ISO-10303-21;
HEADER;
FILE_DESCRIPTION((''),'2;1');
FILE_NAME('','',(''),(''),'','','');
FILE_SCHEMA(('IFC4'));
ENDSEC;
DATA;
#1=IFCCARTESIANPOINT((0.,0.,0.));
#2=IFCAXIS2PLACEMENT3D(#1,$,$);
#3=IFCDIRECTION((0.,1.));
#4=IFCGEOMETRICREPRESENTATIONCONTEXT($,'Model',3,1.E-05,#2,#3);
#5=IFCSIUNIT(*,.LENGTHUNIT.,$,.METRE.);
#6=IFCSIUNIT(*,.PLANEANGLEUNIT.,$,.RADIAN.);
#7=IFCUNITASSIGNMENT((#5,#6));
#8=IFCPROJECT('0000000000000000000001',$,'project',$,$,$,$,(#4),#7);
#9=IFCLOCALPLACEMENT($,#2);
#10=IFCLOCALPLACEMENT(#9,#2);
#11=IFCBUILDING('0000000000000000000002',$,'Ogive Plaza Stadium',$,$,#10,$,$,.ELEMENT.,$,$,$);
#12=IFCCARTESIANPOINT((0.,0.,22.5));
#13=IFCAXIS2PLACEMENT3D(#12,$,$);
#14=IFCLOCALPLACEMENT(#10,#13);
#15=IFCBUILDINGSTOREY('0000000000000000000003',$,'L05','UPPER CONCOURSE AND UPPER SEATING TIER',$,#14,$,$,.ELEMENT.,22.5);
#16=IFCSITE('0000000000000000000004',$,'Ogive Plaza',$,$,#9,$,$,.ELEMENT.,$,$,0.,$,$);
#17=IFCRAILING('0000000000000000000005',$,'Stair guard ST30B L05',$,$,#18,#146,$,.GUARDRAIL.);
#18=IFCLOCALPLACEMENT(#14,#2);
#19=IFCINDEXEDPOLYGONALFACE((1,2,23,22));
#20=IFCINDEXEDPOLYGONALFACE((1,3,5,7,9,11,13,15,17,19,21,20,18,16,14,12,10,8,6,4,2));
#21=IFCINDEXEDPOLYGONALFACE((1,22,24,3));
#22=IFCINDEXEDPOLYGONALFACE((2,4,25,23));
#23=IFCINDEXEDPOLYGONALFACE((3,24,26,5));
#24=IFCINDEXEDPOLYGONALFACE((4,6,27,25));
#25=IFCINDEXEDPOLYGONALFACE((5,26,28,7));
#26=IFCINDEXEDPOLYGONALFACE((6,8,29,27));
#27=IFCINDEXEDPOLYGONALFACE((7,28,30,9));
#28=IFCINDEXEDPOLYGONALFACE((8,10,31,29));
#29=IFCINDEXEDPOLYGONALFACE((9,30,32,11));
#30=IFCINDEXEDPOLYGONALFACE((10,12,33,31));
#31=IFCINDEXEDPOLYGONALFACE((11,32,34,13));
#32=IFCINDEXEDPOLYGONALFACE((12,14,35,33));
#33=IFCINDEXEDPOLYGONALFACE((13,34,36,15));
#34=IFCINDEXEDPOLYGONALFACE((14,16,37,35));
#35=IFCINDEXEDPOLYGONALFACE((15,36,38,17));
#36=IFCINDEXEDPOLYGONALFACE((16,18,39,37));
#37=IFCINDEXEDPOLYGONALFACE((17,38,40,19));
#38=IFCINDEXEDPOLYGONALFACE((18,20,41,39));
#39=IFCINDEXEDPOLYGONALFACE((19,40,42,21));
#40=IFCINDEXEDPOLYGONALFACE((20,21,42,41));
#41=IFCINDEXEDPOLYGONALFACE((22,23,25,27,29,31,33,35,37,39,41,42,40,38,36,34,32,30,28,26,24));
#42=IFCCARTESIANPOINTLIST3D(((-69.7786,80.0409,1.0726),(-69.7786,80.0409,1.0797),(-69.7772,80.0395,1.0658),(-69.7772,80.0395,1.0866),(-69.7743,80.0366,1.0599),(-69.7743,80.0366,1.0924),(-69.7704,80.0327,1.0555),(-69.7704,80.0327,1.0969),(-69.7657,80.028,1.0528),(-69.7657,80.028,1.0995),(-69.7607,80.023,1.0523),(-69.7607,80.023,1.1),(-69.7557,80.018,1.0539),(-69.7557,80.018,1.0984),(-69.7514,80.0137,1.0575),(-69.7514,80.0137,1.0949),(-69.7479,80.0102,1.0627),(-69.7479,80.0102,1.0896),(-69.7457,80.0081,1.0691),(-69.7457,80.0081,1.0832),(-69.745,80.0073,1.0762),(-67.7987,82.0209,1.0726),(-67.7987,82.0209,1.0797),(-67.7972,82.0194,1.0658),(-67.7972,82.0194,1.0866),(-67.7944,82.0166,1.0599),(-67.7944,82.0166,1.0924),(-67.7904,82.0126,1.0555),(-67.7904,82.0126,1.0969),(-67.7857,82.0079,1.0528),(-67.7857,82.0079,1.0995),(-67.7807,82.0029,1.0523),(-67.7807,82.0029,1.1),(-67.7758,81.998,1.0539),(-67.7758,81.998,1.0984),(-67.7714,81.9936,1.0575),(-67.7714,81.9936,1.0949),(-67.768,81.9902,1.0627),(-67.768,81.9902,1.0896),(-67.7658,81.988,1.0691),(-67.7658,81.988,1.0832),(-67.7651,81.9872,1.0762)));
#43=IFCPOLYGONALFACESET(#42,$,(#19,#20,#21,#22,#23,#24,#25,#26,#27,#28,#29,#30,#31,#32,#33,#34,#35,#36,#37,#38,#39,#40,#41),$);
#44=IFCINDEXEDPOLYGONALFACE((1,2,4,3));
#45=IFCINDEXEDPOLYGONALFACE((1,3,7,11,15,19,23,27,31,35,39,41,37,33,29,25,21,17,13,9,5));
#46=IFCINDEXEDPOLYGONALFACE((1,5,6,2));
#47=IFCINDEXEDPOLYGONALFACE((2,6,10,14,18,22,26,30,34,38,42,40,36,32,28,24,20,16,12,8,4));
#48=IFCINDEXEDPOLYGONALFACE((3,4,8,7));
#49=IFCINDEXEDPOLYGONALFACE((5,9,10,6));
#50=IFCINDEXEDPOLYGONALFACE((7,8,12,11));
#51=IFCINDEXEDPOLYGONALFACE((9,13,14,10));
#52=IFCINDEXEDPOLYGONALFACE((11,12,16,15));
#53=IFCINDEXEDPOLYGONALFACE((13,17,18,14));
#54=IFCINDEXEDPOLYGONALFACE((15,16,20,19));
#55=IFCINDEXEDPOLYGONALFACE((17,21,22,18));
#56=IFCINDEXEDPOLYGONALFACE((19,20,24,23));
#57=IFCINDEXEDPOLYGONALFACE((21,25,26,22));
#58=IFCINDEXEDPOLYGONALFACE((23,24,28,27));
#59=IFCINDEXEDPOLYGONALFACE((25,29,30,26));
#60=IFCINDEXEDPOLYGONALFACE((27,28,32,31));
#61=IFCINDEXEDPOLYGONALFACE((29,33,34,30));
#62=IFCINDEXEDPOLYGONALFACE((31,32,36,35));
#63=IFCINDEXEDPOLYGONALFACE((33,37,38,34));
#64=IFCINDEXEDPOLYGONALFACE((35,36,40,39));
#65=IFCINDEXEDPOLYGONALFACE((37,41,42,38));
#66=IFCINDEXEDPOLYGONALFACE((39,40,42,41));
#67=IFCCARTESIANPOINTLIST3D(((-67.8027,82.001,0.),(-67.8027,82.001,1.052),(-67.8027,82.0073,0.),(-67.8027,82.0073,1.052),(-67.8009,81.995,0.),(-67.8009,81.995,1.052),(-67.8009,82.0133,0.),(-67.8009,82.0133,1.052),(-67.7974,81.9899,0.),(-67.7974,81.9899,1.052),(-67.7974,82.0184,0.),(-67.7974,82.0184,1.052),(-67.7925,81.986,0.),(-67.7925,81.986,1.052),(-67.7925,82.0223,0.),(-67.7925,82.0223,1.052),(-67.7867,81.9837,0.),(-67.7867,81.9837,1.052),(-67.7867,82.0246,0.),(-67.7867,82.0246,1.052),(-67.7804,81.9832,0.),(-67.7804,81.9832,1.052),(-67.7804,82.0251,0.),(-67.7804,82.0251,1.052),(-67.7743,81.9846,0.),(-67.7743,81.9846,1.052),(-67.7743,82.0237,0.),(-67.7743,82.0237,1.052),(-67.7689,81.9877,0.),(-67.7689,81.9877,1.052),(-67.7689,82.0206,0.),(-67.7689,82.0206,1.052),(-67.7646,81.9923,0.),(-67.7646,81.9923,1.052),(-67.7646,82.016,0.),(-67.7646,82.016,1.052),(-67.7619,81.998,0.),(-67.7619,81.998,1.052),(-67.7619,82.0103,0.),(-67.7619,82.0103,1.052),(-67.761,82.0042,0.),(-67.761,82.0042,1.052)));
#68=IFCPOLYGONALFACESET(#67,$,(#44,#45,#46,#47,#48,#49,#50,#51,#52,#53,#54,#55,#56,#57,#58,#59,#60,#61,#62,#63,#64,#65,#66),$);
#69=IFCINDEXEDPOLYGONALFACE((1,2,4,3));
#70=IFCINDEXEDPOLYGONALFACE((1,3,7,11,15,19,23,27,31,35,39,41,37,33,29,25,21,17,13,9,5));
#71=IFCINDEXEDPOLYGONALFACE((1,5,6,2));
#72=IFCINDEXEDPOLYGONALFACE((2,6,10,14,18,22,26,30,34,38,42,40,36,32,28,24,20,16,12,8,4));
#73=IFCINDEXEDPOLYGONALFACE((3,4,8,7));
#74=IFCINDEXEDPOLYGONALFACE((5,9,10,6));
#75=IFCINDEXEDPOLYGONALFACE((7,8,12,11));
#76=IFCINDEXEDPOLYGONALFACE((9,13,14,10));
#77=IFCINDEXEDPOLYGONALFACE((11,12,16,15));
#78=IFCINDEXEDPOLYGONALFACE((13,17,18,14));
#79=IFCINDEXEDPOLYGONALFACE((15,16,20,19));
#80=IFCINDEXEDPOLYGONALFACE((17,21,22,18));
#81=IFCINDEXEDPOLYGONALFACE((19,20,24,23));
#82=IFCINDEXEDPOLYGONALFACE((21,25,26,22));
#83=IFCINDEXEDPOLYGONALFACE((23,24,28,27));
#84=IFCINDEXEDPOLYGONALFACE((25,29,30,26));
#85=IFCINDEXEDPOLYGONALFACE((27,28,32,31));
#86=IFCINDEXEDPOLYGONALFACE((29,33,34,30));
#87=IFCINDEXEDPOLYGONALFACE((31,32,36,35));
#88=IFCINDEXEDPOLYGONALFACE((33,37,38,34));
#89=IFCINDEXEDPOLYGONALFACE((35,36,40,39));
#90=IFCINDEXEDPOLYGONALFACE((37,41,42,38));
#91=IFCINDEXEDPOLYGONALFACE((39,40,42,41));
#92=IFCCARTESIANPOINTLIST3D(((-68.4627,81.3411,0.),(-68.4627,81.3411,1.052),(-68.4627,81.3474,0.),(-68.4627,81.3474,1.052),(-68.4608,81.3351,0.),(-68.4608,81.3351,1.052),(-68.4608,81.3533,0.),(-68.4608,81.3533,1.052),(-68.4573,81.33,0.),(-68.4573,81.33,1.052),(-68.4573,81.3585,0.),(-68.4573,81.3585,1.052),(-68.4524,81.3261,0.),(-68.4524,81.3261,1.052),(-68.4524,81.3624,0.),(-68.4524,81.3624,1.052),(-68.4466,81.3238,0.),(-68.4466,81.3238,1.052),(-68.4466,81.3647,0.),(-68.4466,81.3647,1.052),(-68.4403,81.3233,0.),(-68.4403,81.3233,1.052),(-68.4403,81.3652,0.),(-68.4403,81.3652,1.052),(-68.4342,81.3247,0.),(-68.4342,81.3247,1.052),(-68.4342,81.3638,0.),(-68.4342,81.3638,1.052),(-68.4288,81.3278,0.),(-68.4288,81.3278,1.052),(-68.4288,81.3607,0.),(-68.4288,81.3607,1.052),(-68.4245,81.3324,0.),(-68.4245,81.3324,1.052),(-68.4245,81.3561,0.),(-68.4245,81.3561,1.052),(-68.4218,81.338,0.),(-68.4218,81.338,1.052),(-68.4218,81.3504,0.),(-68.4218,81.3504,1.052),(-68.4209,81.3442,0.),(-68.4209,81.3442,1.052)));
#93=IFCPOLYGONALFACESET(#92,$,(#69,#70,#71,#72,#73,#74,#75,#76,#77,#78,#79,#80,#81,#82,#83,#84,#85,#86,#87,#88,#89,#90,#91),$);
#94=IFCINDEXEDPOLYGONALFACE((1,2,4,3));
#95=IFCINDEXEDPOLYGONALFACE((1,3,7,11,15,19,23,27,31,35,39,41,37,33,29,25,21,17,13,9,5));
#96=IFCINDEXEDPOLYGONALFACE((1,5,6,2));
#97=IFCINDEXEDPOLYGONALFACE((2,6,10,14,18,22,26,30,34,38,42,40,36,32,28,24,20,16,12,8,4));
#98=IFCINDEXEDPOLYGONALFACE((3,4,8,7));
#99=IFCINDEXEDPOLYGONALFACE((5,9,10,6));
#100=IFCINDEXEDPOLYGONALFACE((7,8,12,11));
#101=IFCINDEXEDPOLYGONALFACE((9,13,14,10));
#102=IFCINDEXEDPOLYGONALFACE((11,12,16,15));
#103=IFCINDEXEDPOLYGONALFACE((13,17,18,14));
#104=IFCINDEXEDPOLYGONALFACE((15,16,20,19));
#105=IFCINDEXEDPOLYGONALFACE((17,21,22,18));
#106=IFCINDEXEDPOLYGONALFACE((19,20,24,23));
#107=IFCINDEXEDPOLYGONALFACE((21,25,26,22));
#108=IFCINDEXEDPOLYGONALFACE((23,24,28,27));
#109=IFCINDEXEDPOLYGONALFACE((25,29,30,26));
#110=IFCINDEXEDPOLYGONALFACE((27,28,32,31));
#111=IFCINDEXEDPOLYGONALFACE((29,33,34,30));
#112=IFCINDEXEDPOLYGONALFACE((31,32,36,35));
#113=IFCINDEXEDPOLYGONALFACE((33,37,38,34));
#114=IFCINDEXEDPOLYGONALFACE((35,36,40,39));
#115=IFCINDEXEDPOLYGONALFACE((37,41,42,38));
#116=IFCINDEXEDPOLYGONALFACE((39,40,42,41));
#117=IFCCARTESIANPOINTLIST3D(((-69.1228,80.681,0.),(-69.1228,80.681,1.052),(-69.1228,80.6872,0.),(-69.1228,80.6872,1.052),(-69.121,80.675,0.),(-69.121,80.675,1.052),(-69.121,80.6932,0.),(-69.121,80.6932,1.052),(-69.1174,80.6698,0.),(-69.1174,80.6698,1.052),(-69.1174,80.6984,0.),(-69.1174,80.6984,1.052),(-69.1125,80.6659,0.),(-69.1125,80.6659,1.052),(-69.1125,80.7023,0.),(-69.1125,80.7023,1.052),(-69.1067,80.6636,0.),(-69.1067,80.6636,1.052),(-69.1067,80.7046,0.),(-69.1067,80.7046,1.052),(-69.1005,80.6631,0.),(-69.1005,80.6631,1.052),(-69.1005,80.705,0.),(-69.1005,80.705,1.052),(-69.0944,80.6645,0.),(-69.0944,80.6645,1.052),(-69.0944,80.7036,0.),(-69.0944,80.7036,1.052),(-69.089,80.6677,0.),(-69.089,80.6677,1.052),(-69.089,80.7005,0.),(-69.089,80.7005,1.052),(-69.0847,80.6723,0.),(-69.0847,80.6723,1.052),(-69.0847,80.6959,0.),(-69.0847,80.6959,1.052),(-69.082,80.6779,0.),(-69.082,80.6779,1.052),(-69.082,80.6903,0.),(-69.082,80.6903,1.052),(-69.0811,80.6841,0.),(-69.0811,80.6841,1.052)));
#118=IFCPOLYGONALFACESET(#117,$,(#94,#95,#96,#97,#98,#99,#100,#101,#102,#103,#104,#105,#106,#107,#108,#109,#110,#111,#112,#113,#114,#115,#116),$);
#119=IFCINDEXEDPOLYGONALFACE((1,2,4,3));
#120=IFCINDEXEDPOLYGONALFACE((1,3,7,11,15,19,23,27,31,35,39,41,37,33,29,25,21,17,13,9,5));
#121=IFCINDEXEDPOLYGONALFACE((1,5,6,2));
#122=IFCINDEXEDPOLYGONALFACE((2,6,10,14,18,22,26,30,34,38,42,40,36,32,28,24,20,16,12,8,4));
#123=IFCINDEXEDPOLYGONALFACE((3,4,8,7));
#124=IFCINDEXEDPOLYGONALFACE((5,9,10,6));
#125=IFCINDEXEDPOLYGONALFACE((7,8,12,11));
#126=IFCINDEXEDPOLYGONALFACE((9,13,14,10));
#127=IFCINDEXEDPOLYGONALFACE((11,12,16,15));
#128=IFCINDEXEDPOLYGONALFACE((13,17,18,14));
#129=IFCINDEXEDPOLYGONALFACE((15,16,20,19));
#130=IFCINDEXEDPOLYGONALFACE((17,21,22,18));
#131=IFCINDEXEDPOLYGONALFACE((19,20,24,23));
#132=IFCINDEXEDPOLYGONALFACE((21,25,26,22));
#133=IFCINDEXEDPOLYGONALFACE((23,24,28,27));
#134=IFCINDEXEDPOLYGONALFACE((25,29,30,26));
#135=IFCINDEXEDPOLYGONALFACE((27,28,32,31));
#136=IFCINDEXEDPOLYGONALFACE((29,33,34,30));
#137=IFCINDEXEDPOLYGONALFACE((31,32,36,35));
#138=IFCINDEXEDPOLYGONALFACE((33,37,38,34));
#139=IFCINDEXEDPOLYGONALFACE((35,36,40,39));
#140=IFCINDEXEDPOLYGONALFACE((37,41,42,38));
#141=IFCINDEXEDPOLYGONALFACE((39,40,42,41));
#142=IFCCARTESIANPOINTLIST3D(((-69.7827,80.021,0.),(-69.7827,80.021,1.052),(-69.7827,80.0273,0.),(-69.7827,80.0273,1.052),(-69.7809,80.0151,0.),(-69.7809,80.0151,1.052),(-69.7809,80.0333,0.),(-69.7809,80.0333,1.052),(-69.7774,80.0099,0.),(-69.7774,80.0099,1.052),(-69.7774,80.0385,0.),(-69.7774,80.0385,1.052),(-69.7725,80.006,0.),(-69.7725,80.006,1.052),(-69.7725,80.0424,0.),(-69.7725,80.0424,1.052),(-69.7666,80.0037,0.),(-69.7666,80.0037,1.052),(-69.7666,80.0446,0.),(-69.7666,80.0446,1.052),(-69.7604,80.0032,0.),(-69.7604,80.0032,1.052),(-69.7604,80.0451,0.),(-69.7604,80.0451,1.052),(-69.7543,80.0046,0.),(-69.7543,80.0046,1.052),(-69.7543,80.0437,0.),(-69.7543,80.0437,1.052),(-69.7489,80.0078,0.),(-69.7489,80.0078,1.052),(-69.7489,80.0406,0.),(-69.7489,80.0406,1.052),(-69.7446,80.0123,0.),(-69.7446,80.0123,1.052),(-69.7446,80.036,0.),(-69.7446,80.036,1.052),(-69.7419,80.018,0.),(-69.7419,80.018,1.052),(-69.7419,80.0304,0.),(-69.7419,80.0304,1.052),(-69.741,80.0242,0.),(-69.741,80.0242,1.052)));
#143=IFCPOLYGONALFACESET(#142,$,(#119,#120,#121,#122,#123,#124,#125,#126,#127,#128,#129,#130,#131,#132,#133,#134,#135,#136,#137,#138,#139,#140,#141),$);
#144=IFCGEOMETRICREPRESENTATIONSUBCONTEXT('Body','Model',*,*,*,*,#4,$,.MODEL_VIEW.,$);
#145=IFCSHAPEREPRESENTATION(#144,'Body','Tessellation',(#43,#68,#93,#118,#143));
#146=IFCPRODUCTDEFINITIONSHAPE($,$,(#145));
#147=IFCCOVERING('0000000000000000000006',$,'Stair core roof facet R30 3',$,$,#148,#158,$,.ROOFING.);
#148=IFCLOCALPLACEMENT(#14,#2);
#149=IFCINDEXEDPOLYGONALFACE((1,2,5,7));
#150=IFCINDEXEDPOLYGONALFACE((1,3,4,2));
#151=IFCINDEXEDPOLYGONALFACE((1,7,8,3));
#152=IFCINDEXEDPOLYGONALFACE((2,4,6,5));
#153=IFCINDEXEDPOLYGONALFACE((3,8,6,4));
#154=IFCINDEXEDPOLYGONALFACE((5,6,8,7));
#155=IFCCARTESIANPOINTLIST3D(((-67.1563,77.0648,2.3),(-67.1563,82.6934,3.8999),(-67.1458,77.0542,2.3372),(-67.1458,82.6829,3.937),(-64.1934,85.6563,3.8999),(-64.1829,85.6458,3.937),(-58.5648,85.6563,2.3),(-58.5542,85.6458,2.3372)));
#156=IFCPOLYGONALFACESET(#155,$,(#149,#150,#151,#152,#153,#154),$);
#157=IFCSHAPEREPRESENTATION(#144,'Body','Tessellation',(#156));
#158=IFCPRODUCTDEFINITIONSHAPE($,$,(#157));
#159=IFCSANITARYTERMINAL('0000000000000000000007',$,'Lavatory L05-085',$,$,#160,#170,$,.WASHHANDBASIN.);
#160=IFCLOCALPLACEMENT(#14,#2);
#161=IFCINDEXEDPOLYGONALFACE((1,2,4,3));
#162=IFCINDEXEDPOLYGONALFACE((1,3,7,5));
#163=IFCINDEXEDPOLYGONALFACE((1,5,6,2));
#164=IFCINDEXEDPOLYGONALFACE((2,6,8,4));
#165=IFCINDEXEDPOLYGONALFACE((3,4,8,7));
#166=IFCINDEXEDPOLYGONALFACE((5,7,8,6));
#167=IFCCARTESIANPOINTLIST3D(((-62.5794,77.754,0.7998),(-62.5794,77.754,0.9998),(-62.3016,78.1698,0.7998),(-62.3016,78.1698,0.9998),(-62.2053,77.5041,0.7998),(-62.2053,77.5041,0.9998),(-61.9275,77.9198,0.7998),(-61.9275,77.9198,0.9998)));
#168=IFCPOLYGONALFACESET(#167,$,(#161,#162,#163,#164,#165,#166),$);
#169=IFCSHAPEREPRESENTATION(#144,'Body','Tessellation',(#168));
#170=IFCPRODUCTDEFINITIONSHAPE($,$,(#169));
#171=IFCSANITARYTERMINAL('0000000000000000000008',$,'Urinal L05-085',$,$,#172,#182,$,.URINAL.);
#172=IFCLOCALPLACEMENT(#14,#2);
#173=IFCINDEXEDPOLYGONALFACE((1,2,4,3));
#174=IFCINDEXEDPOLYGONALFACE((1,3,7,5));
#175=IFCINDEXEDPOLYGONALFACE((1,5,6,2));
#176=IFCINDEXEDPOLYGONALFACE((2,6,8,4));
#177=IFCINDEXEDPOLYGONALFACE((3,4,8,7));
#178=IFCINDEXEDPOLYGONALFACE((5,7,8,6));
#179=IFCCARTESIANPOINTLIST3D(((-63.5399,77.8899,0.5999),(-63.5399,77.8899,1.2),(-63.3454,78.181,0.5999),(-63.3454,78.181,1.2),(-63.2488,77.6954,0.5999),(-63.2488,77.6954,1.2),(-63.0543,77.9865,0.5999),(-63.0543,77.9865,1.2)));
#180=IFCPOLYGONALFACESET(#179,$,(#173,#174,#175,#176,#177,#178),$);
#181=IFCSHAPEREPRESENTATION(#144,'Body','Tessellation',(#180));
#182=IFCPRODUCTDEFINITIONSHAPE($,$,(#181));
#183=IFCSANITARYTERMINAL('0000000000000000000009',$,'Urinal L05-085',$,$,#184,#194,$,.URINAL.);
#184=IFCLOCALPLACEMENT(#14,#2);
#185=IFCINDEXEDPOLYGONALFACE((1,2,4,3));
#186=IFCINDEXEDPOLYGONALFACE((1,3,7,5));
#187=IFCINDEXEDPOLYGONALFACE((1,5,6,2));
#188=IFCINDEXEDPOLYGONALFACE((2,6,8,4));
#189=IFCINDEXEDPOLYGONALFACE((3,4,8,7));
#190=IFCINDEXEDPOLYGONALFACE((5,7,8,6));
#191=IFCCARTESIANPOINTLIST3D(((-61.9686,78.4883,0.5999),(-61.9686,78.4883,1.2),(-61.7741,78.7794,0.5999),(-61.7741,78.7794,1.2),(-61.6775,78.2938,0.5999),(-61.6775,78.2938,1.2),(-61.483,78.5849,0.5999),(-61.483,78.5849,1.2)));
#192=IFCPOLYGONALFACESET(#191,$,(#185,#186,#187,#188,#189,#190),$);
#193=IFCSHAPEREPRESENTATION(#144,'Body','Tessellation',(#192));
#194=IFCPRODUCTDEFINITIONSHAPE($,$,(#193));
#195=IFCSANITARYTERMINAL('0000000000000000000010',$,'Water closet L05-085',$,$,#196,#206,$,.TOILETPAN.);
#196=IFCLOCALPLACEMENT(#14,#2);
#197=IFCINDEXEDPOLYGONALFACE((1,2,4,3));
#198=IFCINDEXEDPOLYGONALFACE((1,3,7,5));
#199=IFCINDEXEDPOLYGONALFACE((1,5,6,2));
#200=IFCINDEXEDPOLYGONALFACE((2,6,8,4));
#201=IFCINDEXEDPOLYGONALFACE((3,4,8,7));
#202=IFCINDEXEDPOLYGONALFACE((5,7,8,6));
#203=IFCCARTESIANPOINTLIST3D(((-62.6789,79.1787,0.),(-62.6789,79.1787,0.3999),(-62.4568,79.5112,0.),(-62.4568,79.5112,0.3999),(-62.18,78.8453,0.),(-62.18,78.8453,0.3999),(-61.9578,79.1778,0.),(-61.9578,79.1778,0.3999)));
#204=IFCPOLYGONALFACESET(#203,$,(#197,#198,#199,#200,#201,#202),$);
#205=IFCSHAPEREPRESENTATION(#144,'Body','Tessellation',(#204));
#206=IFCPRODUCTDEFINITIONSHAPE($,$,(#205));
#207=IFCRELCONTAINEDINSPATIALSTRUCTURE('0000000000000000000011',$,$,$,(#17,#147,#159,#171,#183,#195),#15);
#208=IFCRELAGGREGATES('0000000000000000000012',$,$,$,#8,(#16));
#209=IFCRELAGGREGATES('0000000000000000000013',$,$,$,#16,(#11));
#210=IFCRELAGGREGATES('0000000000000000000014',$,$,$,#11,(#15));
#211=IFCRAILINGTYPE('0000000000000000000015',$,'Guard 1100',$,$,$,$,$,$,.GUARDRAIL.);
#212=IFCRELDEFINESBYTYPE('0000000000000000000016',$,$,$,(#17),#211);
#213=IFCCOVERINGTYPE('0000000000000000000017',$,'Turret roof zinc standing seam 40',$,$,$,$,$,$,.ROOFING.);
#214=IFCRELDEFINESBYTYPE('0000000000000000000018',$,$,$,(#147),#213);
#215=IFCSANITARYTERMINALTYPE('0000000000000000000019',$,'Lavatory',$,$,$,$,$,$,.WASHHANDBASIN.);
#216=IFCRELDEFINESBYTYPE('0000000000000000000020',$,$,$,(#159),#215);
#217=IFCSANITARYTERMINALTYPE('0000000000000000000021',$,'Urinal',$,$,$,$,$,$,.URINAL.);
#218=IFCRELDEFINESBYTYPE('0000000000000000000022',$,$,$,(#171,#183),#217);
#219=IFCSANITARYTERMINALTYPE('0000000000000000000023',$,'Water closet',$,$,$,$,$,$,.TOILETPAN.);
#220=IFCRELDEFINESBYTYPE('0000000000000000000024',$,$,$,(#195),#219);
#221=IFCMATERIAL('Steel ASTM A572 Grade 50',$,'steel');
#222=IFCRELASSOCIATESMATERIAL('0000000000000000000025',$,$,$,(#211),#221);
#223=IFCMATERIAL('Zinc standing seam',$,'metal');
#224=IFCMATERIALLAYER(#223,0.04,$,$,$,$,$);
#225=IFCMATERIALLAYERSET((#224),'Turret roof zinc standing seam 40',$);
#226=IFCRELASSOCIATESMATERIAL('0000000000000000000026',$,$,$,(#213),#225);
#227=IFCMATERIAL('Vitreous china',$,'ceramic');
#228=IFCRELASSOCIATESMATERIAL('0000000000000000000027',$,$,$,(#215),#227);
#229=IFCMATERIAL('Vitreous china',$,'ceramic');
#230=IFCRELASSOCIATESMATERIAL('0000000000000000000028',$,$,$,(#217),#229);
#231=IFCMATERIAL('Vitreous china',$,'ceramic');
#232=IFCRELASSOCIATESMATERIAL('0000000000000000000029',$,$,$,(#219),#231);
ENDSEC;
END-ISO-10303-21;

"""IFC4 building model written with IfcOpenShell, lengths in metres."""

from ifc_helpers import new_model, si_unit, direction, frame, origin, origin_2d, place, context, subcontext, project, spatial, polyline, rectangle, circle, outline, extrude, material, layer, layer_set, type_object, element, save


model = new_model("IFC4")

# Units and contexts
model_context = context("Model", 3, precision=1e-05, world=origin(), true_north=direction((0.0, 1.0)))
body_context = subcontext(model_context, "Body", "Model", "MODEL_VIEW")
ifc_project = project(units=[si_unit("LENGTHUNIT", "METRE"), si_unit("PLANEANGLEUNIT", "RADIAN")], contexts=[model_context])

# Site, building, storey
site_placement = place(None, origin())
site = spatial("IfcSite", under=ifc_project, at=site_placement, Name="Ogive Plaza", CompositionType="ELEMENT", RefElevation=0.0)
building_placement = place(site_placement, origin())
building = spatial("IfcBuilding", under=site, at=building_placement, Name="Ogive Plaza Stadium", CompositionType="ELEMENT")
storey_placement = place(building_placement, frame((0.0, 0.0, 22.5)))
storey = spatial("IfcBuildingStorey", under=building, at=storey_placement, Name="L05", Description="UPPER CONCOURSE AND UPPER SEATING TIER", CompositionType="ELEMENT", Elevation=22.5)

# Railing
ifc_material_1 = material(Name="Steel ASTM A572 Grade 50", Category="steel")
railing_type = type_object("IfcRailingType", Name="Guard 1100", PredefinedType="GUARDRAIL", material=ifc_material_1)
railing_placement = place(storey_placement, frame((-67.782, 82.0042, 0.0)))
element("IfcRailing", 1, at=railing_placement, inside=storey, type_object=railing_type, Name="Stair guard ST30B L05", PredefinedType="GUARDRAIL", context=body_context, shape_type="SweptSolid", body=[
    extrude(circle(Radius=0.0239, at=origin_2d()), frame((0.0, 0.0, 1.0762), z_axis=(-0.707107, -0.707107, 0.0), x_axis=(0.707107, -0.707107, 0.0)), (0.0, 0.0, 1.0), 2.8),
    extrude(circle(Radius=0.021, at=origin_2d()), origin(), (0.0, 0.0, 1.0), 1.052),
    extrude(circle(Radius=0.021, at=origin_2d()), frame((-0.6599, -0.6599, 0.0)), (0.0, 0.0, 1.0), 1.052),
    extrude(circle(Radius=0.021, at=origin_2d()), frame((-1.3201, -1.3201, 0.0)), (0.0, 0.0, 1.0), 1.052),
    extrude(circle(Radius=0.021, at=origin_2d()), frame((-1.98, -1.98, 0.0)), (0.0, 0.0, 1.0), 1.052),
])

# Covering
ifc_material_2 = material(Name="Zinc standing seam", Category="metal")
ifc_layer_1 = layer(ifc_material_2, 0.04)
ifc_layer_set_1 = layer_set([ifc_layer_1], Name="Turret roof zinc standing seam 40")
covering_type = type_object("IfcCoveringType", Name="Turret roof zinc standing seam 40", PredefinedType="ROOFING", material=ifc_layer_set_1)
covering_placement = place(storey_placement, frame((-67.1458, 77.0542, 2.3372), z_axis=(0.263725, -0.263725, 0.927846), x_axis=(0.707107, 0.707107, 0.0)))
element("IfcCovering", 2, at=covering_placement, inside=storey, type_object=covering_type, Name="Stair core roof facet R30 3", PredefinedType="ROOFING", context=body_context, shape_type="SweptSolid", body=[
    extrude(outline(polyline([(0.0, 0.0), (12.1503, 0.0), (8.1702, 4.2896), (3.9801, 4.2896), (0.0, 0.0)])), origin(), (0.0, 0.0, -1.0), 0.04),
])

# Sanitary terminals
ifc_material_3 = material(Name="Vitreous china", Category="ceramic")
sanitary_terminal_type_1 = type_object("IfcSanitaryTerminalType", Name="Lavatory", PredefinedType="WASHHANDBASIN", material=ifc_material_3)
sanitary_terminal_placement = place(storey_placement, frame((-62.2534, 77.8369, 0.7998), z_axis=(0.0, 0.0, 1.0), x_axis=(-0.55557, -0.83147, 0.0)))
element("IfcSanitaryTerminal", 3, at=sanitary_terminal_placement, inside=storey, type_object=sanitary_terminal_type_1, Name="Lavatory L05-085", PredefinedType="WASHHANDBASIN", context=body_context, shape_type="SweptSolid", body=[
    extrude(rectangle(XDim=0.5, YDim=0.45, at=origin_2d()), origin(), (0.0, 0.0, 1.0), 0.2),
])
ifc_material_4 = material(Name="Vitreous china", Category="ceramic")
sanitary_terminal_type_2 = type_object("IfcSanitaryTerminalType", Name="Urinal", PredefinedType="URINAL", material=ifc_material_4)
for number, where, z_axis, x_axis, name in (
    (4, (-63.2971, 77.9382, 0.5999), (0.0, 0.0, 1.0), (-0.55557, -0.83147, 0.0), "Urinal L05-085"),
    (5, (-61.7258, 78.5366, 0.5999), (0.0, 0.0, 1.0), (-0.55557, -0.83147, 0.0), "Urinal L05-085"),
):
    element("IfcSanitaryTerminal", number, at=place(storey_placement, frame(where, z_axis=z_axis, x_axis=x_axis)), inside=storey, type_object=sanitary_terminal_type_2, Name=name, PredefinedType="URINAL", context=body_context, shape_type="SweptSolid", body=[
        extrude(rectangle(XDim=0.3501, YDim=0.3501, at=origin_2d()), origin(), (0.0, 0.0, 1.0), 0.6001),
    ])
ifc_material_5 = material(Name="Vitreous china", Category="ceramic")
sanitary_terminal_type_3 = type_object("IfcSanitaryTerminalType", Name="Water closet", PredefinedType="TOILETPAN", material=ifc_material_5)
for number, where, z_axis, x_axis, name in (
    (6, (-62.3184, 79.1782, 0.0), (0.0, 0.0, 1.0), (-0.55557, -0.83147, 0.0), "Water closet L05-085"),
):
    element("IfcSanitaryTerminal", number, at=place(storey_placement, frame(where, z_axis=z_axis, x_axis=x_axis)), inside=storey, type_object=sanitary_terminal_type_3, Name=name, PredefinedType="TOILETPAN", context=body_context, shape_type="SweptSolid", body=[
        extrude(rectangle(XDim=0.3999, YDim=0.6001, at=origin_2d()), origin(), (0.0, 0.0, 1.0), 0.3999),
    ])

save(model, "model.ifc")
